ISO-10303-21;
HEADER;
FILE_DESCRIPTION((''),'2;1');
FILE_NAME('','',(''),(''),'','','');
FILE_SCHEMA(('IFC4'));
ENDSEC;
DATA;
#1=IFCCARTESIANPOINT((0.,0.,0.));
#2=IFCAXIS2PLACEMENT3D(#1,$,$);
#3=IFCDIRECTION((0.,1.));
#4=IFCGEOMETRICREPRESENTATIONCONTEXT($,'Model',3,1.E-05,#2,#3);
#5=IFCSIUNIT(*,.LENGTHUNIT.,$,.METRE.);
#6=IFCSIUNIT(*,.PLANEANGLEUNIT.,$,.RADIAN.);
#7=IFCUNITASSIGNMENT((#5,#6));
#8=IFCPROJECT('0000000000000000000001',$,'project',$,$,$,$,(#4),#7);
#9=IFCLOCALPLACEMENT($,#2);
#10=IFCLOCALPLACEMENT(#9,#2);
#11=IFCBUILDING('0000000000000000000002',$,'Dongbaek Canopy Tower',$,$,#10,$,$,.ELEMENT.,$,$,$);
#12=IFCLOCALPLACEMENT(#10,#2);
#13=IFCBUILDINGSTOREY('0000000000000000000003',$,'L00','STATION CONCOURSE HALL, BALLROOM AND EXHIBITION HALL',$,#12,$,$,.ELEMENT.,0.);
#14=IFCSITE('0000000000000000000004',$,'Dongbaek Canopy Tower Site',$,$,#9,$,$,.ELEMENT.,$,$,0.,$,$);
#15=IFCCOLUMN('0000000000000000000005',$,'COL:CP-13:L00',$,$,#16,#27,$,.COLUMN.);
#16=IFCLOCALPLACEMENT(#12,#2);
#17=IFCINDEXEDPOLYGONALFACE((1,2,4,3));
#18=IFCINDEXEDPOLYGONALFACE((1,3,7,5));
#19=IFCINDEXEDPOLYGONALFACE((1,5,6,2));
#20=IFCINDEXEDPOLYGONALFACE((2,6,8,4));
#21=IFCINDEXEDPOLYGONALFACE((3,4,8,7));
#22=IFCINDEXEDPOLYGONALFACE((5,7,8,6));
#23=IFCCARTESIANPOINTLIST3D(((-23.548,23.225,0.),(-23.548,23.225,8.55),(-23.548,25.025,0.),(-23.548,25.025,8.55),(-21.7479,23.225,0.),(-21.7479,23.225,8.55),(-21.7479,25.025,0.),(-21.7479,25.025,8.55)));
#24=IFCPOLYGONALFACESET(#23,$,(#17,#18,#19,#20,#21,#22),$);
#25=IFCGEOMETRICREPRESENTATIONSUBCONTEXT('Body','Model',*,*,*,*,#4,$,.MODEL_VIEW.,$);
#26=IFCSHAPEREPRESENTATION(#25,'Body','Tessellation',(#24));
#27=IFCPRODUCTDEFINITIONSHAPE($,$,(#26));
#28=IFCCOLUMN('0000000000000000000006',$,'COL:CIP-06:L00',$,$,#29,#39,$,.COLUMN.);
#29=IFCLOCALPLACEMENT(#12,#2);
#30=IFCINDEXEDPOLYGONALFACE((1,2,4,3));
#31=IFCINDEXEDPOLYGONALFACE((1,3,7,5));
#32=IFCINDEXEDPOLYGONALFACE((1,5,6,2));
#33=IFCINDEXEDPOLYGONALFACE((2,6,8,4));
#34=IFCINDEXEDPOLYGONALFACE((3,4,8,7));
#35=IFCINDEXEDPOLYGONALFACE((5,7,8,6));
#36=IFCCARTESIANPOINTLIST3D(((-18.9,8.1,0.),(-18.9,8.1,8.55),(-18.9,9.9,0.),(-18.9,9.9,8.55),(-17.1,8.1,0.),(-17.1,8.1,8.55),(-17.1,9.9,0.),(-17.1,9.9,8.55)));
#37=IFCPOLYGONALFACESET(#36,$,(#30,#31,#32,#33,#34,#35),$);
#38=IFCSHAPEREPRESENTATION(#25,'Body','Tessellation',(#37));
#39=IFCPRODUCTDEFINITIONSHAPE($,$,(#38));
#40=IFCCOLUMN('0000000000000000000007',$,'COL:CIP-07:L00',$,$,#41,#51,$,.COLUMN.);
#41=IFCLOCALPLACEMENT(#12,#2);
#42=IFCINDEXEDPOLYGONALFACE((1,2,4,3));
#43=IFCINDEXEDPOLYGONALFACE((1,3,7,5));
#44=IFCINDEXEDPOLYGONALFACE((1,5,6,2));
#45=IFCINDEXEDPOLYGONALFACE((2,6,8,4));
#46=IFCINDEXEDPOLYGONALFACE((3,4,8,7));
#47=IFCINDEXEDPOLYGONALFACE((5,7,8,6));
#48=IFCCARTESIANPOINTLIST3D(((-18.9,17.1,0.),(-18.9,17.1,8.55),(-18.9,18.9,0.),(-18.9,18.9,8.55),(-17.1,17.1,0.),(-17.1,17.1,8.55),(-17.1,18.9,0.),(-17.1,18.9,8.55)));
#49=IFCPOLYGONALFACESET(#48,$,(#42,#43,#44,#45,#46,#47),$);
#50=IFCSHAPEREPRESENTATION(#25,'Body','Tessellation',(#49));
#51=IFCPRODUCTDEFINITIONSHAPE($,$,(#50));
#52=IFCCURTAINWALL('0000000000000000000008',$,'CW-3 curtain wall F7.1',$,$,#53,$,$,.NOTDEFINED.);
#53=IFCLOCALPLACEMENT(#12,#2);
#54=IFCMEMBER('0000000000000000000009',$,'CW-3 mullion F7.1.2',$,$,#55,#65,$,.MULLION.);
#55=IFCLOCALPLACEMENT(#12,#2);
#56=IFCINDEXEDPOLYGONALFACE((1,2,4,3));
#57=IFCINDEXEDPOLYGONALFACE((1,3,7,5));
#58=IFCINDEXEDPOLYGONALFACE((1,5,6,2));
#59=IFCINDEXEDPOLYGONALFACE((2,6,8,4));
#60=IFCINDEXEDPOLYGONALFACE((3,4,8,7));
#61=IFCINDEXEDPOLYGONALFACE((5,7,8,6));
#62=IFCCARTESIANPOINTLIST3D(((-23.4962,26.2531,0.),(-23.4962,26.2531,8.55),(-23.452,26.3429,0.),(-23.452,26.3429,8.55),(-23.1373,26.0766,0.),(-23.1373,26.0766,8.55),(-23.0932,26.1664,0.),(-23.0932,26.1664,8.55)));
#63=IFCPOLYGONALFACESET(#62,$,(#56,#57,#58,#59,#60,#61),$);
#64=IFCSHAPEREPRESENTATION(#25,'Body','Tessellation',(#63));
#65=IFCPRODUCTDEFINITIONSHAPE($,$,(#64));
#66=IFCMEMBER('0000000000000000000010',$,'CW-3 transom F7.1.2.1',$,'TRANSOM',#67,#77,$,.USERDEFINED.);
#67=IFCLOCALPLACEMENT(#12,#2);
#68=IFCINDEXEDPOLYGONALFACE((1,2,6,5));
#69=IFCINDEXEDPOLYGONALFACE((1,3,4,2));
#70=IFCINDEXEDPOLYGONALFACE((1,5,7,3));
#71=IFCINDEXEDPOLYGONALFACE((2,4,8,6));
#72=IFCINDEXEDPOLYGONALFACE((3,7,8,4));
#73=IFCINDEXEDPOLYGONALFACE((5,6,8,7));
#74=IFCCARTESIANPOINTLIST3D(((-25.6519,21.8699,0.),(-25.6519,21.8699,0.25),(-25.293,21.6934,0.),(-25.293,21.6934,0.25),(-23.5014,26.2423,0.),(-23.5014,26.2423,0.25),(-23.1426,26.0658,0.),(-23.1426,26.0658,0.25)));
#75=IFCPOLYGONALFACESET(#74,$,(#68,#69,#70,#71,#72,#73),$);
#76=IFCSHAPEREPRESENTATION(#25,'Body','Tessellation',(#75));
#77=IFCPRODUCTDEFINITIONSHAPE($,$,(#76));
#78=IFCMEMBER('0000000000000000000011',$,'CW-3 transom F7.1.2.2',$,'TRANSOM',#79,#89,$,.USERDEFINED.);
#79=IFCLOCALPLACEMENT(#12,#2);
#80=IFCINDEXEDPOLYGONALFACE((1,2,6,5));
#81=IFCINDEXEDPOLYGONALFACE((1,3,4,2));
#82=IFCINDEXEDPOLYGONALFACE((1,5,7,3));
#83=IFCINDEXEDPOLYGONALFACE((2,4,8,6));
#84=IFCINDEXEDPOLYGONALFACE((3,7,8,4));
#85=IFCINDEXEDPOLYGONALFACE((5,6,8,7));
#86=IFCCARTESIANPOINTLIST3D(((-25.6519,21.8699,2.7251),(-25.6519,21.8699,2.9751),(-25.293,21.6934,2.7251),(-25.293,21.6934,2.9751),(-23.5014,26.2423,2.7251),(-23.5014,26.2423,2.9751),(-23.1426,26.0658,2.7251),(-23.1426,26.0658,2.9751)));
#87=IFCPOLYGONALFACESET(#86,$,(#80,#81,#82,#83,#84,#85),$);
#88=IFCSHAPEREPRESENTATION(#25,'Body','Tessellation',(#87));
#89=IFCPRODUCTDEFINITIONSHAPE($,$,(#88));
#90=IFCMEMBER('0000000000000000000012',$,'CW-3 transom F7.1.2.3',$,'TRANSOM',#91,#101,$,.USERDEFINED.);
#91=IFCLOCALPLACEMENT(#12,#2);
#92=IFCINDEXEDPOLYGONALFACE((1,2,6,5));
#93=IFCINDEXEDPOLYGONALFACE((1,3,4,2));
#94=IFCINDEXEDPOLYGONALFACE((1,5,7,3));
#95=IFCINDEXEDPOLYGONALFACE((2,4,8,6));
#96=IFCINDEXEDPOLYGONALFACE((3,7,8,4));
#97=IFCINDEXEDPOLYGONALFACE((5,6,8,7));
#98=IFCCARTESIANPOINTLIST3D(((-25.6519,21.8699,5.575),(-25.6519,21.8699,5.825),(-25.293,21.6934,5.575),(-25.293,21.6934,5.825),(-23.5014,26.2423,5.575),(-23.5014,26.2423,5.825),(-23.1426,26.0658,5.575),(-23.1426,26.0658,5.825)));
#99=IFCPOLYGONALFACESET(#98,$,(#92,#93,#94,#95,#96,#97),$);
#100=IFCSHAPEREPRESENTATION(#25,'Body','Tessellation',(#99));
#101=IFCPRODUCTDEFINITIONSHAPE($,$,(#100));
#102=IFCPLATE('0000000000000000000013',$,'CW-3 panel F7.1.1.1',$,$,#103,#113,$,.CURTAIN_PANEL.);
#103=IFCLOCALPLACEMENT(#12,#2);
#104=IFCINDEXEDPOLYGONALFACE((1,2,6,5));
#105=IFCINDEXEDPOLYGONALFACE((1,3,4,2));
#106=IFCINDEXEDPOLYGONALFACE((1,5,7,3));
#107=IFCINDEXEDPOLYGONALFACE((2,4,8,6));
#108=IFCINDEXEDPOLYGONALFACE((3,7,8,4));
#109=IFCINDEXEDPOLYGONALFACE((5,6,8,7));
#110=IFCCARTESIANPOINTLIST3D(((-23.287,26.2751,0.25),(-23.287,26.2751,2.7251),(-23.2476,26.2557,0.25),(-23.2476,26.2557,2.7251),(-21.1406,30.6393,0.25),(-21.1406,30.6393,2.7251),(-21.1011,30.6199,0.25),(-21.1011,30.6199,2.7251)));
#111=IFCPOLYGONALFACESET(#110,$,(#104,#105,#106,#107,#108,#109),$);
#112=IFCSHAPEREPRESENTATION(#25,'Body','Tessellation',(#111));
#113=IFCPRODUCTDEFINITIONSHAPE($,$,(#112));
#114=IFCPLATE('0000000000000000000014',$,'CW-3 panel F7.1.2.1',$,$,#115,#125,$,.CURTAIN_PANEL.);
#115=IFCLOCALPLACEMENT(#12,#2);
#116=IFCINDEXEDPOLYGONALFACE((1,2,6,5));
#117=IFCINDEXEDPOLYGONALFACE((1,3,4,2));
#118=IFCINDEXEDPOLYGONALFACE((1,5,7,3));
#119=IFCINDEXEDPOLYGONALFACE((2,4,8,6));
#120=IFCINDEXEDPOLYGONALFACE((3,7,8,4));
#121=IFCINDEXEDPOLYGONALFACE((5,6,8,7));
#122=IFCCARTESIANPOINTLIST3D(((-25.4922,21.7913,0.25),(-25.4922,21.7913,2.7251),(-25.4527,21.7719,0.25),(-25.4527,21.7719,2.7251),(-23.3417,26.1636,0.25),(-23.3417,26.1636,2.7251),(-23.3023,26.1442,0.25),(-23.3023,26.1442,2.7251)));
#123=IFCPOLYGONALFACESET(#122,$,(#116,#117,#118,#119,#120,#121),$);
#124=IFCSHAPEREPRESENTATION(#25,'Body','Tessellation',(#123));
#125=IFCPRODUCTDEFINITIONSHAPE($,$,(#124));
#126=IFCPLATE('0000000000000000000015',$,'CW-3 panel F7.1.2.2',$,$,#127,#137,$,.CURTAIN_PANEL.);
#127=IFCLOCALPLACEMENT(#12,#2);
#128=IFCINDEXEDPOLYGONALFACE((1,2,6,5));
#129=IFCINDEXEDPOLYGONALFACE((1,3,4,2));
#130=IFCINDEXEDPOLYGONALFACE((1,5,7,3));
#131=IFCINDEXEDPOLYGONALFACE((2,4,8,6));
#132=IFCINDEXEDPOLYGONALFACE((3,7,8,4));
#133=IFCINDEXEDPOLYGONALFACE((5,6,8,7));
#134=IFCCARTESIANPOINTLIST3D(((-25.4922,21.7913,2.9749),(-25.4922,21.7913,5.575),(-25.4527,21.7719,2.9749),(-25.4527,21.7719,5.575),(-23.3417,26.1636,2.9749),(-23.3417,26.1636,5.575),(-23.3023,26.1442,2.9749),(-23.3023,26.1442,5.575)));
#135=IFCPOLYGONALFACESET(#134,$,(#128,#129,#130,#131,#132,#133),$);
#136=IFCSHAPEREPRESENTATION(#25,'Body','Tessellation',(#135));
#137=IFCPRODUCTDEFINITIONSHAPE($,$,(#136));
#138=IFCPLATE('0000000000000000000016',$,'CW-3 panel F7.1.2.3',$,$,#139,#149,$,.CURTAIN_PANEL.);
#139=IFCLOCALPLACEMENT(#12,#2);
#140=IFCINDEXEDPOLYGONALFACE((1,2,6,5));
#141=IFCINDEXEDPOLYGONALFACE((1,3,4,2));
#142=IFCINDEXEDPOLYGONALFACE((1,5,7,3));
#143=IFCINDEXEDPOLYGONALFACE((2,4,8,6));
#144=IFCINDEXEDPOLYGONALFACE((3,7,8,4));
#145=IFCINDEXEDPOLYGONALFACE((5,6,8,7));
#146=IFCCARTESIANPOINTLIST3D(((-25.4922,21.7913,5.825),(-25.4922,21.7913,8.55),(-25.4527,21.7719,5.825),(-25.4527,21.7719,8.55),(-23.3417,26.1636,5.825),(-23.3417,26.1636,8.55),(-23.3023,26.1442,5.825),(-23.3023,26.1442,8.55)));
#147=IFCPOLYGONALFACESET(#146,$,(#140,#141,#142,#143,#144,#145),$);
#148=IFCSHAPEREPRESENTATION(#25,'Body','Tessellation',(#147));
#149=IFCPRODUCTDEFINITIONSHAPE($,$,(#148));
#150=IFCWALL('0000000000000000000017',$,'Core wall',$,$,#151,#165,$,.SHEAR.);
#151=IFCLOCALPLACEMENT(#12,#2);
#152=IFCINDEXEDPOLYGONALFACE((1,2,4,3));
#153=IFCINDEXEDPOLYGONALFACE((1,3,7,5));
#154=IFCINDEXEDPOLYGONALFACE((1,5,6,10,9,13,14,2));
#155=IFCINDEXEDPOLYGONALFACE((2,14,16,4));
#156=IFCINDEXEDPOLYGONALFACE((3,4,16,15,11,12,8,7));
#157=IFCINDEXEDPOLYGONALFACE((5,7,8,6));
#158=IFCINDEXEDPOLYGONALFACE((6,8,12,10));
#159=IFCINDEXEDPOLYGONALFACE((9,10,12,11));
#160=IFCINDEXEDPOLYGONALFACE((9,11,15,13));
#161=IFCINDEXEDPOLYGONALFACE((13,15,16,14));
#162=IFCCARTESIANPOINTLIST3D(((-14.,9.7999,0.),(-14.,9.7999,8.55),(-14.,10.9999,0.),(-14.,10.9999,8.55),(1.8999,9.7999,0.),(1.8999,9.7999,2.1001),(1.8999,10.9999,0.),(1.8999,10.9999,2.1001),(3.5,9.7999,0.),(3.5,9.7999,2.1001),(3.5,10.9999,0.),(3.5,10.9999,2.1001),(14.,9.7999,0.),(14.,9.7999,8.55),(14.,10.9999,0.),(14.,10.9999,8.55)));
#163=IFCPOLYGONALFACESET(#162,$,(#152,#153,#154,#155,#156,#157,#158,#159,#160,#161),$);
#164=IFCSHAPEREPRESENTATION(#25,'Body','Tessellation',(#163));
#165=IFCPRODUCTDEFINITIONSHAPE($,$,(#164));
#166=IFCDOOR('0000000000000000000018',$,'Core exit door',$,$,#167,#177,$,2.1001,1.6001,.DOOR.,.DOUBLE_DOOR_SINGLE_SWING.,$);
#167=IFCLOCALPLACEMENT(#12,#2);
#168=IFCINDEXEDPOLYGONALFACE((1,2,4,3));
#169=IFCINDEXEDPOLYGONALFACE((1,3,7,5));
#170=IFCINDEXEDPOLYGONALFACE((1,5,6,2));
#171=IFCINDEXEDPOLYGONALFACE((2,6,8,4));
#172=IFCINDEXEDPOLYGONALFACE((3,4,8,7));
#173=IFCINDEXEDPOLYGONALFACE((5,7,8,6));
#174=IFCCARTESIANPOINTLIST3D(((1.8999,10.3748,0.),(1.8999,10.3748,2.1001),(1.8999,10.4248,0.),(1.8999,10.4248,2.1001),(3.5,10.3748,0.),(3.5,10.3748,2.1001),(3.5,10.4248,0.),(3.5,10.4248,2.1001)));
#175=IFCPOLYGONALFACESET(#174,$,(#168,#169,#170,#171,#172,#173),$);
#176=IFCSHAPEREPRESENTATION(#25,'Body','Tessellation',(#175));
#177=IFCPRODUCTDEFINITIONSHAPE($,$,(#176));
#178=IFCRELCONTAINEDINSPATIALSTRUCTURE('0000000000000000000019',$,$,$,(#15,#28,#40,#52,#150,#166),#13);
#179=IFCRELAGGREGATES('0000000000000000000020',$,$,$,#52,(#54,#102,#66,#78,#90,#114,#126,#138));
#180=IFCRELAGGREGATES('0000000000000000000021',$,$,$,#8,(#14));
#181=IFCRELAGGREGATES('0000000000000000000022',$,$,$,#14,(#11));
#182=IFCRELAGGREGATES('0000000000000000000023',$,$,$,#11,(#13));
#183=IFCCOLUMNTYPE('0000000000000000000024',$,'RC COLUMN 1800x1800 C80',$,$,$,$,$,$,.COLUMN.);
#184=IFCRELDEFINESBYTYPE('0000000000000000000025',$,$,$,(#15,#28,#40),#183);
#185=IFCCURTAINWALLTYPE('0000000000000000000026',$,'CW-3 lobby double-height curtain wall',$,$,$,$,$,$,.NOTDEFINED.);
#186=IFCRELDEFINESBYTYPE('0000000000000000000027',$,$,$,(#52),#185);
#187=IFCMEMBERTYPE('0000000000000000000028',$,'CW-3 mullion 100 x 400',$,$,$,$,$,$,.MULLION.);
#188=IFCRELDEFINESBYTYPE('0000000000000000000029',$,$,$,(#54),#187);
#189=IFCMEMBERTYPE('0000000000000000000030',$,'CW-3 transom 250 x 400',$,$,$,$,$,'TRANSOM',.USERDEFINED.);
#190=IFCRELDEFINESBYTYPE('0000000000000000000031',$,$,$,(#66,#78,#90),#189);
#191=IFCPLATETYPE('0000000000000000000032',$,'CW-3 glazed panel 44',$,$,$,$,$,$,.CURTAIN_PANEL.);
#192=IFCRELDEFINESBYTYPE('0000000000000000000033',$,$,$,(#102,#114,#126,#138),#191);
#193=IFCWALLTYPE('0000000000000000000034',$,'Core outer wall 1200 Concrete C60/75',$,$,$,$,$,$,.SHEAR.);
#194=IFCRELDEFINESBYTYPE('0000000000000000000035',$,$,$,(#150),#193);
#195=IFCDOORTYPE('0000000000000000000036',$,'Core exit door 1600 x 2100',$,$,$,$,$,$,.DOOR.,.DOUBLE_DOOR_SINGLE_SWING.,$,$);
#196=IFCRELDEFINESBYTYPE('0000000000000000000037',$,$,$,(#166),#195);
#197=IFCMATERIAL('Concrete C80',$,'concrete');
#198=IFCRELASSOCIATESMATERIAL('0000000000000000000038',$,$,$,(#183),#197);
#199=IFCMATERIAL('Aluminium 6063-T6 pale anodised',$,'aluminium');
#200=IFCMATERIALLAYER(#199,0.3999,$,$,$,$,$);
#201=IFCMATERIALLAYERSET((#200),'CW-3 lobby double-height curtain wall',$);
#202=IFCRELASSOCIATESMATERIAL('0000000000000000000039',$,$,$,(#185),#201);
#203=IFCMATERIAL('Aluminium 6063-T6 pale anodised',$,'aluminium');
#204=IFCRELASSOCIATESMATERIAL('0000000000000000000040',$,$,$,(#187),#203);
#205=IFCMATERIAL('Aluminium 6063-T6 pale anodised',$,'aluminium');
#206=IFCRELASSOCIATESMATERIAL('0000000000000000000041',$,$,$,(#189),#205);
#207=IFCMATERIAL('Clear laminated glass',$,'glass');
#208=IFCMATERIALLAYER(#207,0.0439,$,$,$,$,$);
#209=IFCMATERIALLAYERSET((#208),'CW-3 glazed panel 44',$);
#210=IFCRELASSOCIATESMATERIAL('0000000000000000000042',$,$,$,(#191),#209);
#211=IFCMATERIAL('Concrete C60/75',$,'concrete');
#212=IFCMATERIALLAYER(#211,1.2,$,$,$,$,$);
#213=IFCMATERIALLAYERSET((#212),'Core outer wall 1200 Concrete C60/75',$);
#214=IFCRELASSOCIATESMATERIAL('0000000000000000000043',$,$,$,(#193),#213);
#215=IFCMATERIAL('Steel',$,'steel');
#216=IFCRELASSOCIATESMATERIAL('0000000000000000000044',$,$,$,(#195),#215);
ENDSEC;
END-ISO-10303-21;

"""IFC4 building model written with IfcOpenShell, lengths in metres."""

from ifc_helpers import new_model, si_unit, direction, frame, frame_2d, origin, origin_2d, place, context, subcontext, project, spatial, rectangle, extrude, material, layer, layer_set, material_profile, profile_set, type_object, element, fill, aggregate, save


model = new_model("IFC4")

# Units and contexts
model_context = context("Model", 3, precision=1e-05, world=origin(), true_north=direction((0.0, 1.0)))
body_context = subcontext(model_context, "Body", "Model", "MODEL_VIEW")
ifc_project = project(units=[si_unit("LENGTHUNIT", "METRE"), si_unit("PLANEANGLEUNIT", "RADIAN")], contexts=[model_context])

# Site, building, storey
site_placement = place(None, origin())
site = spatial("IfcSite", under=ifc_project, at=site_placement, Name="Dongbaek Canopy Tower Site", CompositionType="ELEMENT", RefElevation=0.0)
building_placement = place(site_placement, origin())
building = spatial("IfcBuilding", under=site, at=building_placement, Name="Dongbaek Canopy Tower", CompositionType="ELEMENT")
storey_placement = place(building_placement, origin())
storey = spatial("IfcBuildingStorey", under=building, at=storey_placement, Name="L00", Description="STATION CONCOURSE HALL, BALLROOM AND EXHIBITION HALL", CompositionType="ELEMENT", Elevation=0.0)

# Columns
ifc_material_1 = material(Name="Concrete C80", Category="concrete")
ifc_material_profile_1 = material_profile(ifc_material_1, rectangle(XDim=1.8, YDim=1.8, at=origin_2d()), Name="RC COLUMN 1800x1800 C80")
ifc_profile_set_1 = profile_set([ifc_material_profile_1], Name="Concrete C80")
column_type = type_object("IfcColumnType", Name="RC COLUMN 1800x1800 C80", PredefinedType="COLUMN", material=ifc_profile_set_1)
for number, where, z_axis, x_axis, name in (
    (1, (-22.6479, 24.125, 0.0), (0.0, 0.0, 1.0), (1.0, 0.0, 0.0), "COL:CP-13:L00"),
    (2, (-18.0, 9.0, 0.0), (0.0, 0.0, 1.0), (1.0, 0.0, 0.0), "COL:CIP-06:L00"),
    (3, (-18.0, 18.0, 0.0), (0.0, 0.0, 1.0), (1.0, 0.0, 0.0), "COL:CIP-07:L00"),
):
    element("IfcColumn", number, at=place(storey_placement, frame(where, z_axis=z_axis, x_axis=x_axis)), inside=storey, type_object=column_type, Name=name, PredefinedType="COLUMN", context=body_context, shape_type="SweptSolid", body=[
        extrude(rectangle(XDim=1.8, YDim=1.8, at=origin_2d()), origin(), (0.0, 0.0, 1.0), 8.55),
    ])

# Curtain wall, members, plates
ifc_material_2 = material(Name="Aluminium 6063-T6 pale anodised", Category="aluminium")
ifc_layer_1 = layer(ifc_material_2, 0.3999)
ifc_layer_set_1 = layer_set([ifc_layer_1], Name="CW-3 lobby double-height curtain wall")
curtain_wall_type = type_object("IfcCurtainWallType", Name="CW-3 lobby double-height curtain wall", PredefinedType="NOTDEFINED", material=ifc_layer_set_1)
curtain_wall_placement = place(storey_placement, origin())
curtain_wall = element("IfcCurtainWall", 4, at=curtain_wall_placement, inside=storey, type_object=curtain_wall_type, Name="CW-3 curtain wall F7.1", PredefinedType="NOTDEFINED")
ifc_material_3 = material(Name="Aluminium 6063-T6 pale anodised", Category="aluminium")
ifc_material_profile_2 = material_profile(ifc_material_3, rectangle(XDim=0.3999, YDim=0.1001, at=origin_2d()), Name="CW-3 mullion 100 x 400")
ifc_profile_set_2 = profile_set([ifc_material_profile_2], Name="Aluminium 6063-T6 pale anodised")
member_type_1 = type_object("IfcMemberType", Name="CW-3 mullion 100 x 400", PredefinedType="MULLION", material=ifc_profile_set_2)
member_1_placement = place(storey_placement, frame((-23.2947, 26.2097, 0.0), z_axis=(0.0, 0.0, 1.0), x_axis=(-0.897339, 0.441342, 0.0)))
member_1 = element("IfcMember", 5, at=member_1_placement, type_object=member_type_1, Name="CW-3 mullion F7.1.2", PredefinedType="MULLION", context=body_context, shape_type="SweptSolid", body=[
    extrude(rectangle(XDim=0.3999, YDim=0.1001, at=origin_2d()), origin(), (0.0, 0.0, 1.0), 8.55),
])
ifc_material_4 = material(Name="Aluminium 6063-T6 pale anodised", Category="aluminium")
ifc_material_profile_3 = material_profile(ifc_material_4, rectangle(XDim=0.3999, YDim=0.25, at=origin_2d()), Name="CW-3 transom 250 x 400")
ifc_profile_set_3 = profile_set([ifc_material_profile_3], Name="Aluminium 6063-T6 pale anodised")
member_type_2 = type_object("IfcMemberType", Name="CW-3 transom 250 x 400", ElementType="TRANSOM", PredefinedType="USERDEFINED", material=ifc_profile_set_3)
member_2_placement = place(storey_placement, frame((-23.322, 26.1541, 0.125), z_axis=(-0.441332, -0.897344, 0.0), x_axis=(0.897344, -0.441332, 0.0)))
member_2 = element("IfcMember", 6, at=member_2_placement, type_object=member_type_2, Name="CW-3 transom F7.1.2.1", ObjectType="TRANSOM", PredefinedType="USERDEFINED", context=body_context, shape_type="SweptSolid", body=[
    extrude(rectangle(XDim=0.3999, YDim=0.25, at=origin_2d()), origin(), (0.0, 0.0, 1.0), 4.8726),
])
member_3_placement = place(storey_placement, frame((-23.322, 26.1541, 2.8501), z_axis=(-0.441332, -0.897344, 0.0), x_axis=(0.897344, -0.441332, 0.0)))
member_3 = element("IfcMember", 7, at=member_3_placement, type_object=member_type_2, Name="CW-3 transom F7.1.2.2", ObjectType="TRANSOM", PredefinedType="USERDEFINED", context=body_context, shape_type="SweptSolid", body=[
    extrude(rectangle(XDim=0.3999, YDim=0.25, at=origin_2d()), origin(), (0.0, 0.0, 1.0), 4.8726),
])
member_4_placement = place(storey_placement, frame((-23.322, 26.1541, 5.7), z_axis=(-0.441332, -0.897344, 0.0), x_axis=(0.897344, -0.441332, 0.0)))
member_4 = element("IfcMember", 8, at=member_4_placement, type_object=member_type_2, Name="CW-3 transom F7.1.2.3", ObjectType="TRANSOM", PredefinedType="USERDEFINED", context=body_context, shape_type="SweptSolid", body=[
    extrude(rectangle(XDim=0.3999, YDim=0.25, at=origin_2d()), origin(), (0.0, 0.0, 1.0), 4.8726),
])
ifc_material_5 = material(Name="Clear laminated glass", Category="glass")
ifc_layer_2 = layer(ifc_material_5, 0.0439)
ifc_layer_set_2 = layer_set([ifc_layer_2], Name="CW-3 glazed panel 44")
plate_type = type_object("IfcPlateType", Name="CW-3 glazed panel 44", PredefinedType="CURTAIN_PANEL", material=ifc_layer_set_2)
plate_1_placement = place(storey_placement, frame((-22.1941, 28.4475, 0.25), z_axis=(0.0, 0.0, 1.0), x_axis=(-0.441342, -0.897339, 0.0)))
plate_1 = element("IfcPlate", 9, at=plate_1_placement, type_object=plate_type, Name="CW-3 panel F7.1.1.1", PredefinedType="CURTAIN_PANEL", context=body_context, shape_type="SweptSolid", body=[
    extrude(rectangle(XDim=4.8635, YDim=0.0439, at=origin_2d()), origin(), (0.0, 0.0, 1.0), 2.4751),
])
plate_2_placement = place(storey_placement, frame((-24.3972, 23.9678, 0.25), z_axis=(0.0, 0.0, 1.0), x_axis=(-0.441342, -0.897339, 0.0)))
plate_2 = element("IfcPlate", 10, at=plate_2_placement, type_object=plate_type, Name="CW-3 panel F7.1.2.1", PredefinedType="CURTAIN_PANEL", context=body_context, shape_type="SweptSolid", body=[
    extrude(rectangle(XDim=4.8726, YDim=0.0439, at=origin_2d()), origin(), (0.0, 0.0, 1.0), 2.4751),
])
plate_3_placement = place(storey_placement, frame((-24.3972, 23.9678, 2.9749), z_axis=(0.0, 0.0, 1.0), x_axis=(-0.441342, -0.897339, 0.0)))
plate_3 = element("IfcPlate", 11, at=plate_3_placement, type_object=plate_type, Name="CW-3 panel F7.1.2.2", PredefinedType="CURTAIN_PANEL", context=body_context, shape_type="SweptSolid", body=[
    extrude(rectangle(XDim=4.8726, YDim=0.0439, at=origin_2d()), origin(), (0.0, 0.0, 1.0), 2.6001),
])
plate_4_placement = place(storey_placement, frame((-24.3972, 23.9678, 5.825), z_axis=(0.0, 0.0, 1.0), x_axis=(-0.441342, -0.897339, 0.0)))
plate_4 = element("IfcPlate", 12, at=plate_4_placement, type_object=plate_type, Name="CW-3 panel F7.1.2.3", PredefinedType="CURTAIN_PANEL", context=body_context, shape_type="SweptSolid", body=[
    extrude(rectangle(XDim=4.8726, YDim=0.0439, at=origin_2d()), origin(), (0.0, 0.0, 1.0), 2.7251),
])
aggregate(curtain_wall, [member_1, plate_1, member_2, member_3, member_4, plate_2, plate_3, plate_4])

# Wall, opening, door
ifc_material_6 = material(Name="Concrete C60/75", Category="concrete")
ifc_layer_3 = layer(ifc_material_6, 1.2)
ifc_layer_set_3 = layer_set([ifc_layer_3], Name="Core outer wall 1200 Concrete C60/75")
wall_type_1 = type_object("IfcWallType", Name="Core outer wall 1200 Concrete C60/75", PredefinedType="SHEAR", material=ifc_layer_set_3)
wall_1_placement = place(storey_placement, frame((-14.0, 10.3999, 0.0), z_axis=(0.0, 0.0, 1.0), x_axis=(1.0, 0.0, 0.0)))
wall_1 = element("IfcWall", 13, at=wall_1_placement, inside=storey, type_object=wall_type_1, Name="Core wall", PredefinedType="SHEAR", context=body_context, shape_type="SweptSolid", body=[
    extrude(rectangle(XDim=28.0, YDim=1.2, at=frame_2d((14.0, 0.0))), origin(), (0.0, 0.0, 1.0), 8.55),
])
opening_1_placement = place(wall_1_placement, frame((15.8999, 0.0, 0.0)))
opening_1 = element("IfcOpeningElement", 14, at=opening_1_placement, cuts=wall_1, PredefinedType="OPENING", context=body_context, shape_type="SweptSolid", body=[
    extrude(rectangle(XDim=1.6001, YDim=2.1001, at=frame_2d((0.8, 1.05))), frame((0.0, 0.6099, 0.0), z_axis=(0.0, -1.0, 0.0), x_axis=(1.0, 0.0, 0.0)), (0.0, 0.0, 1.0), 1.22),
])
ifc_material_7 = material(Name="Steel", Category="steel")
door_type_1 = type_object("IfcDoorType", Name="Core exit door 1600 x 2100", OperationType="DOUBLE_DOOR_SINGLE_SWING", PredefinedType="DOOR", material=ifc_material_7)
door_1_placement = place(opening_1_placement, origin())
door_1 = element("IfcDoor", 15, at=door_1_placement, inside=storey, type_object=door_type_1, Name="Core exit door", OperationType="DOUBLE_DOOR_SINGLE_SWING", OverallHeight=2.1001, OverallWidth=1.6001, PredefinedType="DOOR", context=body_context, shape_type="SweptSolid", body=[
    extrude(rectangle(XDim=1.6001, YDim=2.1001, at=frame_2d((0.8, 1.05))), frame((0.0, 0.0249, 0.0), z_axis=(0.0, -1.0, 0.0), x_axis=(1.0, 0.0, 0.0)), (0.0, 0.0, 1.0), 0.05),
])
fill(opening_1, door_1)

save(model, "model.ifc")
